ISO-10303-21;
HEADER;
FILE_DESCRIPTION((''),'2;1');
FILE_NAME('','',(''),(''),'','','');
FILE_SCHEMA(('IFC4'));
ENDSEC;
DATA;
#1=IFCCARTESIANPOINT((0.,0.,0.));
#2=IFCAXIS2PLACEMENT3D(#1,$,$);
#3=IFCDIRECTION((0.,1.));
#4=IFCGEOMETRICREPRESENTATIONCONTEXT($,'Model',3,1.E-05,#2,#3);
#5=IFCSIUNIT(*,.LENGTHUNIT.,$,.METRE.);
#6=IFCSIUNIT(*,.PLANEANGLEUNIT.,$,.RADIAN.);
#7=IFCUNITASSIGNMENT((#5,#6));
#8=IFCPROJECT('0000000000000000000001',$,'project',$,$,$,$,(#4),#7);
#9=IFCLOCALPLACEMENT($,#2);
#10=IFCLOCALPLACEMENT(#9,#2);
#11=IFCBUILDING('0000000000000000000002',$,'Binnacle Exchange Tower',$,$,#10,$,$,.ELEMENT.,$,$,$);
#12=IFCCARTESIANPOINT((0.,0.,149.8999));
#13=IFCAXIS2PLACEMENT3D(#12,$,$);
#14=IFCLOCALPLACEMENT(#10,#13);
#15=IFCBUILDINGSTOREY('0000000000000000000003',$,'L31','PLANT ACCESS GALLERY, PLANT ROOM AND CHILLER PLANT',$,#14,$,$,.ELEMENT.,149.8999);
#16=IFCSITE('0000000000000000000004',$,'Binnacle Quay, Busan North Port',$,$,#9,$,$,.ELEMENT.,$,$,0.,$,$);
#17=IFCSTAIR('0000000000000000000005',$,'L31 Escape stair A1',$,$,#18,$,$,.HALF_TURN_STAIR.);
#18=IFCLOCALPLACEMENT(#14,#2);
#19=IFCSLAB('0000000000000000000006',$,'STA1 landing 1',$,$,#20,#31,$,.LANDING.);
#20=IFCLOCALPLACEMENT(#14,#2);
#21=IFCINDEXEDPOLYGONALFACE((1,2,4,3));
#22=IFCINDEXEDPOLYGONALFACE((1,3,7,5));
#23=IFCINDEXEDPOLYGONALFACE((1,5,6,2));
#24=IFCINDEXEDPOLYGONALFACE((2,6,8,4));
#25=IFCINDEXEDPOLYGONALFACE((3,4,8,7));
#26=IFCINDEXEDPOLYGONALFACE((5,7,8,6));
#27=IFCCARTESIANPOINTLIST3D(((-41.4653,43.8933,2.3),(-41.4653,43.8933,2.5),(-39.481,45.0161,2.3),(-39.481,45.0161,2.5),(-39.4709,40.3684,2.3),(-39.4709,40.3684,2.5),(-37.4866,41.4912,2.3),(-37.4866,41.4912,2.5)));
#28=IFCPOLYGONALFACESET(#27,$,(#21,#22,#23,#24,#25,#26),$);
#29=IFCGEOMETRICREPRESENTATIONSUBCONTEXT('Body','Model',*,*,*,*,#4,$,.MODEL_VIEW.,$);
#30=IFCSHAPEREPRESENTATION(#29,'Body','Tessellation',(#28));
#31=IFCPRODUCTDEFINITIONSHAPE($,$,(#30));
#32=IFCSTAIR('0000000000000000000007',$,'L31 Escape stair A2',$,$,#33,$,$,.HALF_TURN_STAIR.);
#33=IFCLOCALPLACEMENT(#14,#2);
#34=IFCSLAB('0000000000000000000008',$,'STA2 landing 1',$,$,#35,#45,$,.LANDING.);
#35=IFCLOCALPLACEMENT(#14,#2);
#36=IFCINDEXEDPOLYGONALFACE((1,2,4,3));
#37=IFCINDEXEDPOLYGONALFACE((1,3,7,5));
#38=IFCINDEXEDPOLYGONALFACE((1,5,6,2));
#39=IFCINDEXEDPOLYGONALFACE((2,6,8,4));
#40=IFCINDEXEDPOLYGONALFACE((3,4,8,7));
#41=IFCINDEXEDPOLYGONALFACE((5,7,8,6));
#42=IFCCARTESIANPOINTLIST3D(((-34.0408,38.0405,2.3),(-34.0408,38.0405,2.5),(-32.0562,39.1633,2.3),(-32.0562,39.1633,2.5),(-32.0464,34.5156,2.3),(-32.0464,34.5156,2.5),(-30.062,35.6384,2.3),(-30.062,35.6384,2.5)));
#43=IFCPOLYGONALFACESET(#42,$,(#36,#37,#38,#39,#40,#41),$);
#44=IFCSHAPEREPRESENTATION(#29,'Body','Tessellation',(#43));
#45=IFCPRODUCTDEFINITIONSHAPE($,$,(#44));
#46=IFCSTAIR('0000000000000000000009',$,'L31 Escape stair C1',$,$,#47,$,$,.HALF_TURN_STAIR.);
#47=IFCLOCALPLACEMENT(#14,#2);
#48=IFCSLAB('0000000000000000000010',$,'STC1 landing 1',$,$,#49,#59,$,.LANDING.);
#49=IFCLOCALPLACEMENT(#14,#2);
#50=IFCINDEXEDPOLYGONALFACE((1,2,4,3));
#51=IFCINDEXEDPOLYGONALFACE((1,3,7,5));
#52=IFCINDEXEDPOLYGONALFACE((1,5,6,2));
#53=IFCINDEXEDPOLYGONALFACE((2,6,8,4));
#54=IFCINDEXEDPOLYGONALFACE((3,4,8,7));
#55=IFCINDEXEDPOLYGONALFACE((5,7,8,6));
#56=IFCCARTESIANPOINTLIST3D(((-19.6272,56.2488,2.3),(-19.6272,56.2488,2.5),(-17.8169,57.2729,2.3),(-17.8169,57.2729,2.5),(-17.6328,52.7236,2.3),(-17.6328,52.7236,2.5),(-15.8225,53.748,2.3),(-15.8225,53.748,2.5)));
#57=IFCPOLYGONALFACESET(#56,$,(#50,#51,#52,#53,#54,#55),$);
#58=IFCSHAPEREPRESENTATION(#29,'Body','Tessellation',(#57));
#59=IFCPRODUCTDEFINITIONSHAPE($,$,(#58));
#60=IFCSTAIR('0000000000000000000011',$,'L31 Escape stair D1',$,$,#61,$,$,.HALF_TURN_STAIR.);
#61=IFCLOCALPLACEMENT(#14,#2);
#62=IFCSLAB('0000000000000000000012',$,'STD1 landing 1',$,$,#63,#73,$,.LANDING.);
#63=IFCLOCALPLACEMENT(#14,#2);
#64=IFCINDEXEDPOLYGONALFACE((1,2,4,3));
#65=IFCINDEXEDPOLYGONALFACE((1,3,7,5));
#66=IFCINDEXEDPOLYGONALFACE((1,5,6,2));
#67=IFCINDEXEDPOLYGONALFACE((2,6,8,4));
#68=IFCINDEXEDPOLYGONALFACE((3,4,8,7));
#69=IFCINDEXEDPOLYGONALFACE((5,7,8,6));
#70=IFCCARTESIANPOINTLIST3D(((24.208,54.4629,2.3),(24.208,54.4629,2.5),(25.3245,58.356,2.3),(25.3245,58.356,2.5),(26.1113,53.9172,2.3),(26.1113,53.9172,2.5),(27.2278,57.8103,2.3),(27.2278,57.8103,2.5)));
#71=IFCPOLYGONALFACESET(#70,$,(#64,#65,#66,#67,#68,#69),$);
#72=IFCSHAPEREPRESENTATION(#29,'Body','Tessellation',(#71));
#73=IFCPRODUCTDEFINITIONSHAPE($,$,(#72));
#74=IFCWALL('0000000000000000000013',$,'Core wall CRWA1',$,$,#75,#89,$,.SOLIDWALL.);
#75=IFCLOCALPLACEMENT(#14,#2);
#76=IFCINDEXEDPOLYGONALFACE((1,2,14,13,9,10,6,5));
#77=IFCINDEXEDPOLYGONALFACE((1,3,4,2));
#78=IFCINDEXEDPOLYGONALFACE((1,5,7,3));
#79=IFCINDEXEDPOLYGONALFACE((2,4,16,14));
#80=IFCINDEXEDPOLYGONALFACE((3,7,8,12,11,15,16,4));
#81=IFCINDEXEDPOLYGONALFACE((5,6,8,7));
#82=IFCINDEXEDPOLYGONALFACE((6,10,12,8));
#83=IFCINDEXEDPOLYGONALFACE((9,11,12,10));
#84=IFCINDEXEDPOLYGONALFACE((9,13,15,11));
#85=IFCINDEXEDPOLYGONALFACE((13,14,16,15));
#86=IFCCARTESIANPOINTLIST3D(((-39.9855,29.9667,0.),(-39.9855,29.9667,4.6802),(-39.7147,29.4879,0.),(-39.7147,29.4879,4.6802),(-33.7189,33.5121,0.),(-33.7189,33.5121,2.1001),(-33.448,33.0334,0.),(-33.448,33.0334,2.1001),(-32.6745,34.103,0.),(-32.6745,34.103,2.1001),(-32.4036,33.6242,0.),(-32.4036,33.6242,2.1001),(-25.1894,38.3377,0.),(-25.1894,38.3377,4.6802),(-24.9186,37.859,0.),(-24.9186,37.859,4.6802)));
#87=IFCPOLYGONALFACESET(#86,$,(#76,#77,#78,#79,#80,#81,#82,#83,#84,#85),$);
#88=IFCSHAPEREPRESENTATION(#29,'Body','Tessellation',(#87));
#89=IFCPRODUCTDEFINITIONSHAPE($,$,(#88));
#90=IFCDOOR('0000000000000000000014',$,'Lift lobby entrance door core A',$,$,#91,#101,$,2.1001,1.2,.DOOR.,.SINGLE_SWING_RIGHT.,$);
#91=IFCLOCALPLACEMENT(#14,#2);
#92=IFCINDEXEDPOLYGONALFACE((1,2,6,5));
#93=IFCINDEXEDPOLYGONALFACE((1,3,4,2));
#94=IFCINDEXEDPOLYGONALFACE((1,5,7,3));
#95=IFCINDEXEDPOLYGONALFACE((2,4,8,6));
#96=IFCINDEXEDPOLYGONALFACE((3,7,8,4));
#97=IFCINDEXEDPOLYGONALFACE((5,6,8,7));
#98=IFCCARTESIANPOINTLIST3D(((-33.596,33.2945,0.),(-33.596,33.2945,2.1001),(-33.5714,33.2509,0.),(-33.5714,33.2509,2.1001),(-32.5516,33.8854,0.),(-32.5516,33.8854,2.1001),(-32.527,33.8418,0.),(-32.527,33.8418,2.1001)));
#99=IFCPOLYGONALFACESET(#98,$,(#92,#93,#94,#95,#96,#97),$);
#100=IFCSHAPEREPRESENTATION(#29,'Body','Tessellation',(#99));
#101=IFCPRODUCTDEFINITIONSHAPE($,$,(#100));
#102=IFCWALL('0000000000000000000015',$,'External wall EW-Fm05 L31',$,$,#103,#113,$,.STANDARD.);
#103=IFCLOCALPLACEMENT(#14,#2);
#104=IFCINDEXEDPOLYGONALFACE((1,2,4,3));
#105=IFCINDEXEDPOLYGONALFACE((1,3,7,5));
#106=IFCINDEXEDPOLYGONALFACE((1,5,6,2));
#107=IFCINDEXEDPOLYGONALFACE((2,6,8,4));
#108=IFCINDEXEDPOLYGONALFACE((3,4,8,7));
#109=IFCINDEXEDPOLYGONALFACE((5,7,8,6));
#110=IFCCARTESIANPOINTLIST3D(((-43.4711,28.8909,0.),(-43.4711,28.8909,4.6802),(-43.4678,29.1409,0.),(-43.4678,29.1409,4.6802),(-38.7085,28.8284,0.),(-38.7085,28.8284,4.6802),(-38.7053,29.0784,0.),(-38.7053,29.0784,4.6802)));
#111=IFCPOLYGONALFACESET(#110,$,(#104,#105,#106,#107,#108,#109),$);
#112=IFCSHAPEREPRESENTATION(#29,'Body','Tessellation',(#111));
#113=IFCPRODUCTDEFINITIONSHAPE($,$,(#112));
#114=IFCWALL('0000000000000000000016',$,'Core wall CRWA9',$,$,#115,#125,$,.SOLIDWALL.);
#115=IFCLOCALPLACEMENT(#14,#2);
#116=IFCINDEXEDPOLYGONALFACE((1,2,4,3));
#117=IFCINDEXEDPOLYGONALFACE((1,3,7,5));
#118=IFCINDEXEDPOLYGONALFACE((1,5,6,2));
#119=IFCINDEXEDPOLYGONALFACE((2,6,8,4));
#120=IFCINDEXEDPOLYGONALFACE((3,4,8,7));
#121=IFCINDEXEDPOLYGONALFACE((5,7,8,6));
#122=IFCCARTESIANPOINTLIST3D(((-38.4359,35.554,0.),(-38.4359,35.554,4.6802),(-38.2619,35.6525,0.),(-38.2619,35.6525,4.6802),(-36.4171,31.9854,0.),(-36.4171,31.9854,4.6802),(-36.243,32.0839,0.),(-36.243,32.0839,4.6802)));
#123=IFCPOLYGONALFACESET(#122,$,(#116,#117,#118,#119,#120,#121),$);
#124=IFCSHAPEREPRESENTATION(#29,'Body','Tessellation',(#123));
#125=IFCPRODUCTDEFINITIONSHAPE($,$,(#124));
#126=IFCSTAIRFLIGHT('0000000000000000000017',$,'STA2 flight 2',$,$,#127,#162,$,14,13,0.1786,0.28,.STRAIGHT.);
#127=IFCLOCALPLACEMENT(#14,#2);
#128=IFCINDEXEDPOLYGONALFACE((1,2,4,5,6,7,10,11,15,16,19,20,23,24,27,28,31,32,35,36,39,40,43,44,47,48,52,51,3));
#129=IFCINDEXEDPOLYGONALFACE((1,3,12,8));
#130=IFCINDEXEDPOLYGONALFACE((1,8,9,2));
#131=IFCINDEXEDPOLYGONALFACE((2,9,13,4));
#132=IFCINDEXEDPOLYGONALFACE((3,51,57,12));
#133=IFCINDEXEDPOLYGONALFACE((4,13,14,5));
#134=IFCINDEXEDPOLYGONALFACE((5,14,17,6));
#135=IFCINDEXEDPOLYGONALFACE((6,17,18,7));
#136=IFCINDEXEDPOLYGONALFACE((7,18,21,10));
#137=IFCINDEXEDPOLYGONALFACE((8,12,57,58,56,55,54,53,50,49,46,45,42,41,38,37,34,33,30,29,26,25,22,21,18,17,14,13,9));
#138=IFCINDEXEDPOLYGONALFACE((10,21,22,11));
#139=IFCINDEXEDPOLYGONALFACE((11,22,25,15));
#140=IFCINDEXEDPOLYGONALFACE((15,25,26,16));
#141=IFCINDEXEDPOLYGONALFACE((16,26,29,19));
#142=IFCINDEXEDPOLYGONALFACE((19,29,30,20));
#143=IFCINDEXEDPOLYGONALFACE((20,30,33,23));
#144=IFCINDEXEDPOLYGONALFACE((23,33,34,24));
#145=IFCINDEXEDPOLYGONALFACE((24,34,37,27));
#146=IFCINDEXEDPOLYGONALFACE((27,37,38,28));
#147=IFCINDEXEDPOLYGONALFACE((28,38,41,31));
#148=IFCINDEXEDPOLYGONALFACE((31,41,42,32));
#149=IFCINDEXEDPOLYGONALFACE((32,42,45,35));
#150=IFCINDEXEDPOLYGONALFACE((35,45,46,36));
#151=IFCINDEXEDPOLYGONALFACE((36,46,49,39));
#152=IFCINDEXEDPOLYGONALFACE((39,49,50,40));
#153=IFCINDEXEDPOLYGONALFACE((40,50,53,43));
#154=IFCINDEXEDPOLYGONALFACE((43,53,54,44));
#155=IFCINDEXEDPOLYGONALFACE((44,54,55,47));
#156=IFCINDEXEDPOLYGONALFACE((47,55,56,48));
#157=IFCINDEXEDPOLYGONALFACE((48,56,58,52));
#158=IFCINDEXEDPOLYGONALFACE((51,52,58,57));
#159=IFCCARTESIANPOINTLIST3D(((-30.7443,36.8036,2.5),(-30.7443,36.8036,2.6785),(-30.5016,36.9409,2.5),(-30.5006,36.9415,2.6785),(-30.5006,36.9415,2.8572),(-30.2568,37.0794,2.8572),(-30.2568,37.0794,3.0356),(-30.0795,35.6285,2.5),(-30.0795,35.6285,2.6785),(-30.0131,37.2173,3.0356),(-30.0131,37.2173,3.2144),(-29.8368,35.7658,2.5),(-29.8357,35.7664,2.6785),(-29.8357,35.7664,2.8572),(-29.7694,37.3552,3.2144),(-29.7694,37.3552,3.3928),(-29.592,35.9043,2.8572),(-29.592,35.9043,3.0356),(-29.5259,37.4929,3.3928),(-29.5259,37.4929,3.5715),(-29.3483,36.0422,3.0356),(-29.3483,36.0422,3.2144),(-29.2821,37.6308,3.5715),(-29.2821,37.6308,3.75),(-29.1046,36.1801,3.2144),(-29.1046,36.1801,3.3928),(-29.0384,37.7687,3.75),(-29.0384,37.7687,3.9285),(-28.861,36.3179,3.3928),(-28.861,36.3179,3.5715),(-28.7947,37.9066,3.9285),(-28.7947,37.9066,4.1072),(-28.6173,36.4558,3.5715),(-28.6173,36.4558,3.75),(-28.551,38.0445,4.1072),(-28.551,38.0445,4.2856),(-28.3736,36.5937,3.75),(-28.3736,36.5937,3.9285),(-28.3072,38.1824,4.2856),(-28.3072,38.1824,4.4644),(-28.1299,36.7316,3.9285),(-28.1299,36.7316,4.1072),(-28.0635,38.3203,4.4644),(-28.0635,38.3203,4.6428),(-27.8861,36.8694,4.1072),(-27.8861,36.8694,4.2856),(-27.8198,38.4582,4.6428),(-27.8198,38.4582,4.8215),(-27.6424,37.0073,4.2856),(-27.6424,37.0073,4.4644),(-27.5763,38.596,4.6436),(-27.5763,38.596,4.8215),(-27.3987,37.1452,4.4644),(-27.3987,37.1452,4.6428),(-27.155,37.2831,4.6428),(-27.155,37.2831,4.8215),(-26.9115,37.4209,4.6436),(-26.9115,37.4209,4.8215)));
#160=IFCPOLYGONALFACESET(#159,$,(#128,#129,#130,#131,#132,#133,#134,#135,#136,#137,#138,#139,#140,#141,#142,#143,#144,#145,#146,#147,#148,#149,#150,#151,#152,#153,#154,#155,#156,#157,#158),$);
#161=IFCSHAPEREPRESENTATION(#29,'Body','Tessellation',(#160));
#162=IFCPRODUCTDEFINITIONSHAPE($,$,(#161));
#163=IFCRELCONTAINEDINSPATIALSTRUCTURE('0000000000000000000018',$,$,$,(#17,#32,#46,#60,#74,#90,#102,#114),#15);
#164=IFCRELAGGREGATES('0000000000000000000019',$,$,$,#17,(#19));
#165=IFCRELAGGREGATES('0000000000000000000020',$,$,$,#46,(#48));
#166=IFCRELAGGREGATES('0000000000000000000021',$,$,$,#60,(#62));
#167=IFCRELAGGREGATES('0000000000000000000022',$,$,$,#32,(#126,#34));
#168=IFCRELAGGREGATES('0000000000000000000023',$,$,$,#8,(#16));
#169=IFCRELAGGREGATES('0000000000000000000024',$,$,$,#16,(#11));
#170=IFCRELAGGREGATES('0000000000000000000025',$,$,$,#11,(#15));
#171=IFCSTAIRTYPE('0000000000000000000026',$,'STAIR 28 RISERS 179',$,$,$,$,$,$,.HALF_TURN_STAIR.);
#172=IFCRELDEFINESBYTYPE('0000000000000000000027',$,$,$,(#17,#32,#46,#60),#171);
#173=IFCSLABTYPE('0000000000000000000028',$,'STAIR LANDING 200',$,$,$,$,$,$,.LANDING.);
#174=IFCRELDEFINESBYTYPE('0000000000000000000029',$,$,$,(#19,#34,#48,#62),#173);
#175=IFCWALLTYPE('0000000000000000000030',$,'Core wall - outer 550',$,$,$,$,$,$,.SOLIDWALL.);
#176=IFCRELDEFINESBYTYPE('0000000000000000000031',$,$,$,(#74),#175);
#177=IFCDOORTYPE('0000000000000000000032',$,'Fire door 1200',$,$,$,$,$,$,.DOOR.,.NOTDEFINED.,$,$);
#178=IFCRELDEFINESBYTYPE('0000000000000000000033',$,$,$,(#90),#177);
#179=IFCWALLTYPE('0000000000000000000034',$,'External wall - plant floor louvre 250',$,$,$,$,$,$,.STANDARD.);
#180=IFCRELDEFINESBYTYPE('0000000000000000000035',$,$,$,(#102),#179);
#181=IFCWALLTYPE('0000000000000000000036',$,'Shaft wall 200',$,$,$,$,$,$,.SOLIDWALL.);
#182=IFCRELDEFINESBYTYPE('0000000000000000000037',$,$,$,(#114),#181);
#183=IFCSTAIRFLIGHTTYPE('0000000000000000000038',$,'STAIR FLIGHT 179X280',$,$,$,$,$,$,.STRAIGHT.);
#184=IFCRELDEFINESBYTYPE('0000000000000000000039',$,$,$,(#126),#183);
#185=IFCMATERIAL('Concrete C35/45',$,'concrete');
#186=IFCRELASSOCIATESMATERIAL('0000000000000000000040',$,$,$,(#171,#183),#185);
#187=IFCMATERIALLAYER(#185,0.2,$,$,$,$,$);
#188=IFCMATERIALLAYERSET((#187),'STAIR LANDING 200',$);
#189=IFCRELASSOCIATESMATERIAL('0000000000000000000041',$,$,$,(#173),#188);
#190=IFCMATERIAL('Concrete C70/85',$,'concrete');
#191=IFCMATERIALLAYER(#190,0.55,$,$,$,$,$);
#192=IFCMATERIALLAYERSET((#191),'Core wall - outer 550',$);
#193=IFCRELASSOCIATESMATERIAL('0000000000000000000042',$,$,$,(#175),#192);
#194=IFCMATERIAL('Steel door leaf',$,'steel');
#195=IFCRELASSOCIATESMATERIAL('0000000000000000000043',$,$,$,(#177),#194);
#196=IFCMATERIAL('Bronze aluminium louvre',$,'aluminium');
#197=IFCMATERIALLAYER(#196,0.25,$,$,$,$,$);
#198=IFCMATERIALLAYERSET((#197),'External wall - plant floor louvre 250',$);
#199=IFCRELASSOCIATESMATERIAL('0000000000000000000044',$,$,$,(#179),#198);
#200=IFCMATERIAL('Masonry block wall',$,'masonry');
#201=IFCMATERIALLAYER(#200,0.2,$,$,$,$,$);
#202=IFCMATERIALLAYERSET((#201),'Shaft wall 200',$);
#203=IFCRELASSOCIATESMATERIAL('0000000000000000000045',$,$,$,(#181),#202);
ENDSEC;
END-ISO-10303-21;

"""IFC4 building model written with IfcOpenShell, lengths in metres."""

from ifc_helpers import new_model, si_unit, direction, frame, frame_2d, origin, place, context, subcontext, project, spatial, polyline, rectangle, outline, extrude, material, layer, layer_set, type_object, element, fill, aggregate, save


model = new_model("IFC4")

# Units and contexts
model_context = context("Model", 3, precision=1e-05, world=origin(), true_north=direction((0.0, 1.0)))
body_context = subcontext(model_context, "Body", "Model", "MODEL_VIEW")
ifc_project = project(units=[si_unit("LENGTHUNIT", "METRE"), si_unit("PLANEANGLEUNIT", "RADIAN")], contexts=[model_context])

# Site, building, storey
site_placement = place(None, origin())
site = spatial("IfcSite", under=ifc_project, at=site_placement, Name="Binnacle Quay, Busan North Port", CompositionType="ELEMENT", RefElevation=0.0)
building_placement = place(site_placement, origin())
building = spatial("IfcBuilding", under=site, at=building_placement, Name="Binnacle Exchange Tower", CompositionType="ELEMENT")
storey_placement = place(building_placement, frame((0.0, 0.0, 149.8999)))
storey = spatial("IfcBuildingStorey", under=building, at=storey_placement, Name="L31", Description="PLANT ACCESS GALLERY, PLANT ROOM AND CHILLER PLANT", CompositionType="ELEMENT", Elevation=149.8999)

# Shared definitions
ifc_material_1 = material(Name="Concrete C70/85", Category="concrete")

# Shared definitions
ifc_material_2 = material(Name="Concrete C35/45", Category="concrete")

# Stairs, slabs
stair_type = type_object("IfcStairType", Name="STAIR 28 RISERS 179", PredefinedType="HALF_TURN_STAIR", material=ifc_material_2)
stair_1_placement = place(storey_placement, origin())
stair_1 = element("IfcStair", 1, at=stair_1_placement, inside=storey, type_object=stair_type, Name="L31 Escape stair A1", PredefinedType="HALF_TURN_STAIR")
ifc_layer_1 = layer(ifc_material_2, 0.2)
ifc_layer_set_1 = layer_set([ifc_layer_1], Name="STAIR LANDING 200")
slab_type_1 = type_object("IfcSlabType", Name="STAIR LANDING 200", PredefinedType="LANDING", material=ifc_layer_set_1)
slab_1_placement = place(storey_placement, frame((0.0, 0.0, 2.3)))
slab_1 = element("IfcSlab", 2, at=slab_1_placement, type_object=slab_type_1, Name="STA1 landing 1", PredefinedType="LANDING", context=body_context, shape_type="SweptSolid", body=[
    extrude(outline(polyline([(-39.4709, 40.3684), (-37.4866, 41.4912), (-39.481, 45.0161), (-41.4653, 43.8933), (-39.4709, 40.3684)])), origin(), (0.0, 0.0, 1.0), 0.2),
])
aggregate(stair_1, [slab_1])
stair_2_placement = place(storey_placement, origin())
stair_2 = element("IfcStair", 3, at=stair_2_placement, inside=storey, type_object=stair_type, Name="L31 Escape stair A2", PredefinedType="HALF_TURN_STAIR")
slab_2_placement = place(storey_placement, frame((0.0, 0.0, 2.3)))
slab_2 = element("IfcSlab", 4, at=slab_2_placement, type_object=slab_type_1, Name="STA2 landing 1", PredefinedType="LANDING", context=body_context, shape_type="SweptSolid", body=[
    extrude(outline(polyline([(-32.0562, 39.1633), (-34.0408, 38.0405), (-32.0464, 34.5156), (-30.062, 35.6384), (-32.0562, 39.1633)])), origin(), (0.0, 0.0, 1.0), 0.2),
])
stair_3_placement = place(storey_placement, origin())
stair_3 = element("IfcStair", 5, at=stair_3_placement, inside=storey, type_object=stair_type, Name="L31 Escape stair C1", PredefinedType="HALF_TURN_STAIR")
slab_3_placement = place(storey_placement, frame((0.0, 0.0, 2.3)))
slab_3 = element("IfcSlab", 6, at=slab_3_placement, type_object=slab_type_1, Name="STC1 landing 1", PredefinedType="LANDING", context=body_context, shape_type="SweptSolid", body=[
    extrude(outline(polyline([(-17.6328, 52.7236), (-15.8225, 53.748), (-17.8169, 57.2729), (-19.6272, 56.2488), (-17.6328, 52.7236)])), origin(), (0.0, 0.0, 1.0), 0.2),
])
aggregate(stair_3, [slab_3])
stair_4_placement = place(storey_placement, origin())
stair_4 = element("IfcStair", 7, at=stair_4_placement, inside=storey, type_object=stair_type, Name="L31 Escape stair D1", PredefinedType="HALF_TURN_STAIR")
slab_4_placement = place(storey_placement, frame((0.0, 0.0, 2.3)))
slab_4 = element("IfcSlab", 8, at=slab_4_placement, type_object=slab_type_1, Name="STD1 landing 1", PredefinedType="LANDING", context=body_context, shape_type="SweptSolid", body=[
    extrude(outline(polyline([(24.208, 54.4629), (26.1113, 53.9172), (27.2278, 57.8103), (25.3245, 58.356), (24.208, 54.4629)])), origin(), (0.0, 0.0, 1.0), 0.2),
])
aggregate(stair_4, [slab_4])

# Wall, opening, door
ifc_layer_2 = layer(ifc_material_1, 0.55)
ifc_layer_set_2 = layer_set([ifc_layer_2], Name="Core wall - outer 550")
wall_type_1 = type_object("IfcWallType", Name="Core wall - outer 550", PredefinedType="SOLIDWALL", material=ifc_layer_set_2)
wall_1_placement = place(storey_placement, frame((-39.8501, 29.7273, 0.0), z_axis=(0.0, 0.0, 1.0), x_axis=(0.87036, 0.492416, 0.0)))
wall_1 = element("IfcWall", 9, at=wall_1_placement, inside=storey, type_object=wall_type_1, Name="Core wall CRWA1", PredefinedType="SOLIDWALL", context=body_context, shape_type="SweptSolid", body=[
    extrude(rectangle(XDim=17.0, YDim=0.55, at=frame_2d((8.5, 0.0))), origin(), (0.0, 0.0, 1.0), 4.6802),
])
opening_placement = place(wall_1_placement, frame((7.2, 0.0, 0.0)))
opening = element("IfcOpeningElement", 10, at=opening_placement, cuts=wall_1, PredefinedType="OPENING", context=body_context, shape_type="SweptSolid", body=[
    extrude(rectangle(XDim=1.2, YDim=2.1001, at=frame_2d((0.6001, 1.05))), frame((0.0, 0.2849, 0.0), z_axis=(0.0, -1.0, 0.0), x_axis=(1.0, 0.0, 0.0)), (0.0, 0.0, 1.0), 0.5701),
])
ifc_material_3 = material(Name="Steel door leaf", Category="steel")
door_type = type_object("IfcDoorType", Name="Fire door 1200", OperationType="NOTDEFINED", PredefinedType="DOOR", material=ifc_material_3)
door_placement = place(opening_placement, frame((1.2, 0.0, 0.0), z_axis=(0.0, 0.0, 1.0), x_axis=(-1.0, 0.0, 0.0)))
door = element("IfcDoor", 11, at=door_placement, inside=storey, type_object=door_type, Name="Lift lobby entrance door core A", OperationType="SINGLE_SWING_RIGHT", OverallHeight=2.1001, OverallWidth=1.2, PredefinedType="DOOR", context=body_context, shape_type="SweptSolid", body=[
    extrude(rectangle(XDim=1.2, YDim=2.1001, at=frame_2d((0.6001, 1.05))), frame((0.0, 0.0249, 0.0), z_axis=(0.0, -1.0, 0.0), x_axis=(1.0, 0.0, 0.0)), (0.0, 0.0, 1.0), 0.05),
])
fill(opening, door)

# Walls
ifc_material_4 = material(Name="Bronze aluminium louvre", Category="aluminium")
ifc_layer_3 = layer(ifc_material_4, 0.25)
ifc_layer_set_3 = layer_set([ifc_layer_3], Name="External wall - plant floor louvre 250")
wall_type_2 = type_object("IfcWallType", Name="External wall - plant floor louvre 250", PredefinedType="STANDARD", material=ifc_layer_set_3)
wall_2_placement = place(storey_placement, frame((-38.707, 28.9534, 0.0), z_axis=(0.0, 0.0, 1.0), x_axis=(-0.999914, 0.013122, 0.0)))
element("IfcWall", 12, at=wall_2_placement, inside=storey, type_object=wall_type_2, Name="External wall EW-Fm05 L31", PredefinedType="STANDARD", context=body_context, shape_type="SweptSolid", body=[
    extrude(rectangle(XDim=4.7629, YDim=0.25, at=frame_2d((2.3813, 0.0))), origin(), (0.0, 0.0, 1.0), 4.6802),
])
ifc_material_5 = material(Name="Masonry block wall", Category="masonry")
ifc_layer_4 = layer(ifc_material_5, 0.2)
ifc_layer_set_4 = layer_set([ifc_layer_4], Name="Shaft wall 200")
wall_type_3 = type_object("IfcWallType", Name="Shaft wall 200", PredefinedType="SOLIDWALL", material=ifc_layer_set_4)
wall_3_placement = place(storey_placement, frame((-38.3489, 35.6033, 0.0), z_axis=(0.0, 0.0, 1.0), x_axis=(0.492383, -0.870379, 0.0)))
element("IfcWall", 13, at=wall_3_placement, inside=storey, type_object=wall_type_3, Name="Core wall CRWA9", PredefinedType="SOLIDWALL", context=body_context, shape_type="SweptSolid", body=[
    extrude(rectangle(XDim=4.1001, YDim=0.2, at=frame_2d((2.05, 0.0))), origin(), (0.0, 0.0, 1.0), 4.6802),
])

# Stair flight
stair_flight_type = type_object("IfcStairFlightType", Name="STAIR FLIGHT 179X280", PredefinedType="STRAIGHT", material=ifc_material_2)
stair_flight_placement = place(storey_placement, frame((-30.4119, 36.2161, 2.5), z_axis=(0.0, 0.0, 1.0), x_axis=(0.870356, 0.492424, 0.0)))
stair_flight = element("IfcStairFlight", 14, at=stair_flight_placement, type_object=stair_flight_type, Name="STA2 flight 2", NumberOfRisers=14, NumberOfTreads=13, PredefinedType="STRAIGHT", RiserHeight=0.1786, TreadLength=0.28, context=body_context, shape_type="SweptSolid", body=[
    extrude(outline(polyline([(0.0, 0.0), (0.0, 0.1785), (0.28, 0.1785), (0.28, 0.3572), (0.5601, 0.3572), (0.5601, 0.5356), (0.8401, 0.5356), (0.8401, 0.7144), (1.1201, 0.7144), (1.1201, 0.8928), (1.3999, 0.8928), (1.3999, 1.0715), (1.6799, 1.0715), (1.6799, 1.25), (1.96, 1.25), (1.96, 1.4285), (2.24, 1.4285), (2.24, 1.6072), (2.52, 1.6072), (2.52, 1.7856), (2.8, 1.7856), (2.8, 1.9644), (3.0801, 1.9644), (3.0801, 2.1428), (3.3601, 2.1428), (3.3601, 2.3215), (3.6399, 2.3215), (3.6399, 2.5), (3.6399, 2.1436), (0.2788, 0.0), (0.0, 0.0)])), frame((0.0, 0.675, 0.0), z_axis=(0.0, -1.0, 0.0), x_axis=(1.0, 0.0, 0.0)), (0.0, 0.0, 1.0), 1.3501),
])
aggregate(stair_2, [stair_flight, slab_2])

save(model, "model.ifc")
